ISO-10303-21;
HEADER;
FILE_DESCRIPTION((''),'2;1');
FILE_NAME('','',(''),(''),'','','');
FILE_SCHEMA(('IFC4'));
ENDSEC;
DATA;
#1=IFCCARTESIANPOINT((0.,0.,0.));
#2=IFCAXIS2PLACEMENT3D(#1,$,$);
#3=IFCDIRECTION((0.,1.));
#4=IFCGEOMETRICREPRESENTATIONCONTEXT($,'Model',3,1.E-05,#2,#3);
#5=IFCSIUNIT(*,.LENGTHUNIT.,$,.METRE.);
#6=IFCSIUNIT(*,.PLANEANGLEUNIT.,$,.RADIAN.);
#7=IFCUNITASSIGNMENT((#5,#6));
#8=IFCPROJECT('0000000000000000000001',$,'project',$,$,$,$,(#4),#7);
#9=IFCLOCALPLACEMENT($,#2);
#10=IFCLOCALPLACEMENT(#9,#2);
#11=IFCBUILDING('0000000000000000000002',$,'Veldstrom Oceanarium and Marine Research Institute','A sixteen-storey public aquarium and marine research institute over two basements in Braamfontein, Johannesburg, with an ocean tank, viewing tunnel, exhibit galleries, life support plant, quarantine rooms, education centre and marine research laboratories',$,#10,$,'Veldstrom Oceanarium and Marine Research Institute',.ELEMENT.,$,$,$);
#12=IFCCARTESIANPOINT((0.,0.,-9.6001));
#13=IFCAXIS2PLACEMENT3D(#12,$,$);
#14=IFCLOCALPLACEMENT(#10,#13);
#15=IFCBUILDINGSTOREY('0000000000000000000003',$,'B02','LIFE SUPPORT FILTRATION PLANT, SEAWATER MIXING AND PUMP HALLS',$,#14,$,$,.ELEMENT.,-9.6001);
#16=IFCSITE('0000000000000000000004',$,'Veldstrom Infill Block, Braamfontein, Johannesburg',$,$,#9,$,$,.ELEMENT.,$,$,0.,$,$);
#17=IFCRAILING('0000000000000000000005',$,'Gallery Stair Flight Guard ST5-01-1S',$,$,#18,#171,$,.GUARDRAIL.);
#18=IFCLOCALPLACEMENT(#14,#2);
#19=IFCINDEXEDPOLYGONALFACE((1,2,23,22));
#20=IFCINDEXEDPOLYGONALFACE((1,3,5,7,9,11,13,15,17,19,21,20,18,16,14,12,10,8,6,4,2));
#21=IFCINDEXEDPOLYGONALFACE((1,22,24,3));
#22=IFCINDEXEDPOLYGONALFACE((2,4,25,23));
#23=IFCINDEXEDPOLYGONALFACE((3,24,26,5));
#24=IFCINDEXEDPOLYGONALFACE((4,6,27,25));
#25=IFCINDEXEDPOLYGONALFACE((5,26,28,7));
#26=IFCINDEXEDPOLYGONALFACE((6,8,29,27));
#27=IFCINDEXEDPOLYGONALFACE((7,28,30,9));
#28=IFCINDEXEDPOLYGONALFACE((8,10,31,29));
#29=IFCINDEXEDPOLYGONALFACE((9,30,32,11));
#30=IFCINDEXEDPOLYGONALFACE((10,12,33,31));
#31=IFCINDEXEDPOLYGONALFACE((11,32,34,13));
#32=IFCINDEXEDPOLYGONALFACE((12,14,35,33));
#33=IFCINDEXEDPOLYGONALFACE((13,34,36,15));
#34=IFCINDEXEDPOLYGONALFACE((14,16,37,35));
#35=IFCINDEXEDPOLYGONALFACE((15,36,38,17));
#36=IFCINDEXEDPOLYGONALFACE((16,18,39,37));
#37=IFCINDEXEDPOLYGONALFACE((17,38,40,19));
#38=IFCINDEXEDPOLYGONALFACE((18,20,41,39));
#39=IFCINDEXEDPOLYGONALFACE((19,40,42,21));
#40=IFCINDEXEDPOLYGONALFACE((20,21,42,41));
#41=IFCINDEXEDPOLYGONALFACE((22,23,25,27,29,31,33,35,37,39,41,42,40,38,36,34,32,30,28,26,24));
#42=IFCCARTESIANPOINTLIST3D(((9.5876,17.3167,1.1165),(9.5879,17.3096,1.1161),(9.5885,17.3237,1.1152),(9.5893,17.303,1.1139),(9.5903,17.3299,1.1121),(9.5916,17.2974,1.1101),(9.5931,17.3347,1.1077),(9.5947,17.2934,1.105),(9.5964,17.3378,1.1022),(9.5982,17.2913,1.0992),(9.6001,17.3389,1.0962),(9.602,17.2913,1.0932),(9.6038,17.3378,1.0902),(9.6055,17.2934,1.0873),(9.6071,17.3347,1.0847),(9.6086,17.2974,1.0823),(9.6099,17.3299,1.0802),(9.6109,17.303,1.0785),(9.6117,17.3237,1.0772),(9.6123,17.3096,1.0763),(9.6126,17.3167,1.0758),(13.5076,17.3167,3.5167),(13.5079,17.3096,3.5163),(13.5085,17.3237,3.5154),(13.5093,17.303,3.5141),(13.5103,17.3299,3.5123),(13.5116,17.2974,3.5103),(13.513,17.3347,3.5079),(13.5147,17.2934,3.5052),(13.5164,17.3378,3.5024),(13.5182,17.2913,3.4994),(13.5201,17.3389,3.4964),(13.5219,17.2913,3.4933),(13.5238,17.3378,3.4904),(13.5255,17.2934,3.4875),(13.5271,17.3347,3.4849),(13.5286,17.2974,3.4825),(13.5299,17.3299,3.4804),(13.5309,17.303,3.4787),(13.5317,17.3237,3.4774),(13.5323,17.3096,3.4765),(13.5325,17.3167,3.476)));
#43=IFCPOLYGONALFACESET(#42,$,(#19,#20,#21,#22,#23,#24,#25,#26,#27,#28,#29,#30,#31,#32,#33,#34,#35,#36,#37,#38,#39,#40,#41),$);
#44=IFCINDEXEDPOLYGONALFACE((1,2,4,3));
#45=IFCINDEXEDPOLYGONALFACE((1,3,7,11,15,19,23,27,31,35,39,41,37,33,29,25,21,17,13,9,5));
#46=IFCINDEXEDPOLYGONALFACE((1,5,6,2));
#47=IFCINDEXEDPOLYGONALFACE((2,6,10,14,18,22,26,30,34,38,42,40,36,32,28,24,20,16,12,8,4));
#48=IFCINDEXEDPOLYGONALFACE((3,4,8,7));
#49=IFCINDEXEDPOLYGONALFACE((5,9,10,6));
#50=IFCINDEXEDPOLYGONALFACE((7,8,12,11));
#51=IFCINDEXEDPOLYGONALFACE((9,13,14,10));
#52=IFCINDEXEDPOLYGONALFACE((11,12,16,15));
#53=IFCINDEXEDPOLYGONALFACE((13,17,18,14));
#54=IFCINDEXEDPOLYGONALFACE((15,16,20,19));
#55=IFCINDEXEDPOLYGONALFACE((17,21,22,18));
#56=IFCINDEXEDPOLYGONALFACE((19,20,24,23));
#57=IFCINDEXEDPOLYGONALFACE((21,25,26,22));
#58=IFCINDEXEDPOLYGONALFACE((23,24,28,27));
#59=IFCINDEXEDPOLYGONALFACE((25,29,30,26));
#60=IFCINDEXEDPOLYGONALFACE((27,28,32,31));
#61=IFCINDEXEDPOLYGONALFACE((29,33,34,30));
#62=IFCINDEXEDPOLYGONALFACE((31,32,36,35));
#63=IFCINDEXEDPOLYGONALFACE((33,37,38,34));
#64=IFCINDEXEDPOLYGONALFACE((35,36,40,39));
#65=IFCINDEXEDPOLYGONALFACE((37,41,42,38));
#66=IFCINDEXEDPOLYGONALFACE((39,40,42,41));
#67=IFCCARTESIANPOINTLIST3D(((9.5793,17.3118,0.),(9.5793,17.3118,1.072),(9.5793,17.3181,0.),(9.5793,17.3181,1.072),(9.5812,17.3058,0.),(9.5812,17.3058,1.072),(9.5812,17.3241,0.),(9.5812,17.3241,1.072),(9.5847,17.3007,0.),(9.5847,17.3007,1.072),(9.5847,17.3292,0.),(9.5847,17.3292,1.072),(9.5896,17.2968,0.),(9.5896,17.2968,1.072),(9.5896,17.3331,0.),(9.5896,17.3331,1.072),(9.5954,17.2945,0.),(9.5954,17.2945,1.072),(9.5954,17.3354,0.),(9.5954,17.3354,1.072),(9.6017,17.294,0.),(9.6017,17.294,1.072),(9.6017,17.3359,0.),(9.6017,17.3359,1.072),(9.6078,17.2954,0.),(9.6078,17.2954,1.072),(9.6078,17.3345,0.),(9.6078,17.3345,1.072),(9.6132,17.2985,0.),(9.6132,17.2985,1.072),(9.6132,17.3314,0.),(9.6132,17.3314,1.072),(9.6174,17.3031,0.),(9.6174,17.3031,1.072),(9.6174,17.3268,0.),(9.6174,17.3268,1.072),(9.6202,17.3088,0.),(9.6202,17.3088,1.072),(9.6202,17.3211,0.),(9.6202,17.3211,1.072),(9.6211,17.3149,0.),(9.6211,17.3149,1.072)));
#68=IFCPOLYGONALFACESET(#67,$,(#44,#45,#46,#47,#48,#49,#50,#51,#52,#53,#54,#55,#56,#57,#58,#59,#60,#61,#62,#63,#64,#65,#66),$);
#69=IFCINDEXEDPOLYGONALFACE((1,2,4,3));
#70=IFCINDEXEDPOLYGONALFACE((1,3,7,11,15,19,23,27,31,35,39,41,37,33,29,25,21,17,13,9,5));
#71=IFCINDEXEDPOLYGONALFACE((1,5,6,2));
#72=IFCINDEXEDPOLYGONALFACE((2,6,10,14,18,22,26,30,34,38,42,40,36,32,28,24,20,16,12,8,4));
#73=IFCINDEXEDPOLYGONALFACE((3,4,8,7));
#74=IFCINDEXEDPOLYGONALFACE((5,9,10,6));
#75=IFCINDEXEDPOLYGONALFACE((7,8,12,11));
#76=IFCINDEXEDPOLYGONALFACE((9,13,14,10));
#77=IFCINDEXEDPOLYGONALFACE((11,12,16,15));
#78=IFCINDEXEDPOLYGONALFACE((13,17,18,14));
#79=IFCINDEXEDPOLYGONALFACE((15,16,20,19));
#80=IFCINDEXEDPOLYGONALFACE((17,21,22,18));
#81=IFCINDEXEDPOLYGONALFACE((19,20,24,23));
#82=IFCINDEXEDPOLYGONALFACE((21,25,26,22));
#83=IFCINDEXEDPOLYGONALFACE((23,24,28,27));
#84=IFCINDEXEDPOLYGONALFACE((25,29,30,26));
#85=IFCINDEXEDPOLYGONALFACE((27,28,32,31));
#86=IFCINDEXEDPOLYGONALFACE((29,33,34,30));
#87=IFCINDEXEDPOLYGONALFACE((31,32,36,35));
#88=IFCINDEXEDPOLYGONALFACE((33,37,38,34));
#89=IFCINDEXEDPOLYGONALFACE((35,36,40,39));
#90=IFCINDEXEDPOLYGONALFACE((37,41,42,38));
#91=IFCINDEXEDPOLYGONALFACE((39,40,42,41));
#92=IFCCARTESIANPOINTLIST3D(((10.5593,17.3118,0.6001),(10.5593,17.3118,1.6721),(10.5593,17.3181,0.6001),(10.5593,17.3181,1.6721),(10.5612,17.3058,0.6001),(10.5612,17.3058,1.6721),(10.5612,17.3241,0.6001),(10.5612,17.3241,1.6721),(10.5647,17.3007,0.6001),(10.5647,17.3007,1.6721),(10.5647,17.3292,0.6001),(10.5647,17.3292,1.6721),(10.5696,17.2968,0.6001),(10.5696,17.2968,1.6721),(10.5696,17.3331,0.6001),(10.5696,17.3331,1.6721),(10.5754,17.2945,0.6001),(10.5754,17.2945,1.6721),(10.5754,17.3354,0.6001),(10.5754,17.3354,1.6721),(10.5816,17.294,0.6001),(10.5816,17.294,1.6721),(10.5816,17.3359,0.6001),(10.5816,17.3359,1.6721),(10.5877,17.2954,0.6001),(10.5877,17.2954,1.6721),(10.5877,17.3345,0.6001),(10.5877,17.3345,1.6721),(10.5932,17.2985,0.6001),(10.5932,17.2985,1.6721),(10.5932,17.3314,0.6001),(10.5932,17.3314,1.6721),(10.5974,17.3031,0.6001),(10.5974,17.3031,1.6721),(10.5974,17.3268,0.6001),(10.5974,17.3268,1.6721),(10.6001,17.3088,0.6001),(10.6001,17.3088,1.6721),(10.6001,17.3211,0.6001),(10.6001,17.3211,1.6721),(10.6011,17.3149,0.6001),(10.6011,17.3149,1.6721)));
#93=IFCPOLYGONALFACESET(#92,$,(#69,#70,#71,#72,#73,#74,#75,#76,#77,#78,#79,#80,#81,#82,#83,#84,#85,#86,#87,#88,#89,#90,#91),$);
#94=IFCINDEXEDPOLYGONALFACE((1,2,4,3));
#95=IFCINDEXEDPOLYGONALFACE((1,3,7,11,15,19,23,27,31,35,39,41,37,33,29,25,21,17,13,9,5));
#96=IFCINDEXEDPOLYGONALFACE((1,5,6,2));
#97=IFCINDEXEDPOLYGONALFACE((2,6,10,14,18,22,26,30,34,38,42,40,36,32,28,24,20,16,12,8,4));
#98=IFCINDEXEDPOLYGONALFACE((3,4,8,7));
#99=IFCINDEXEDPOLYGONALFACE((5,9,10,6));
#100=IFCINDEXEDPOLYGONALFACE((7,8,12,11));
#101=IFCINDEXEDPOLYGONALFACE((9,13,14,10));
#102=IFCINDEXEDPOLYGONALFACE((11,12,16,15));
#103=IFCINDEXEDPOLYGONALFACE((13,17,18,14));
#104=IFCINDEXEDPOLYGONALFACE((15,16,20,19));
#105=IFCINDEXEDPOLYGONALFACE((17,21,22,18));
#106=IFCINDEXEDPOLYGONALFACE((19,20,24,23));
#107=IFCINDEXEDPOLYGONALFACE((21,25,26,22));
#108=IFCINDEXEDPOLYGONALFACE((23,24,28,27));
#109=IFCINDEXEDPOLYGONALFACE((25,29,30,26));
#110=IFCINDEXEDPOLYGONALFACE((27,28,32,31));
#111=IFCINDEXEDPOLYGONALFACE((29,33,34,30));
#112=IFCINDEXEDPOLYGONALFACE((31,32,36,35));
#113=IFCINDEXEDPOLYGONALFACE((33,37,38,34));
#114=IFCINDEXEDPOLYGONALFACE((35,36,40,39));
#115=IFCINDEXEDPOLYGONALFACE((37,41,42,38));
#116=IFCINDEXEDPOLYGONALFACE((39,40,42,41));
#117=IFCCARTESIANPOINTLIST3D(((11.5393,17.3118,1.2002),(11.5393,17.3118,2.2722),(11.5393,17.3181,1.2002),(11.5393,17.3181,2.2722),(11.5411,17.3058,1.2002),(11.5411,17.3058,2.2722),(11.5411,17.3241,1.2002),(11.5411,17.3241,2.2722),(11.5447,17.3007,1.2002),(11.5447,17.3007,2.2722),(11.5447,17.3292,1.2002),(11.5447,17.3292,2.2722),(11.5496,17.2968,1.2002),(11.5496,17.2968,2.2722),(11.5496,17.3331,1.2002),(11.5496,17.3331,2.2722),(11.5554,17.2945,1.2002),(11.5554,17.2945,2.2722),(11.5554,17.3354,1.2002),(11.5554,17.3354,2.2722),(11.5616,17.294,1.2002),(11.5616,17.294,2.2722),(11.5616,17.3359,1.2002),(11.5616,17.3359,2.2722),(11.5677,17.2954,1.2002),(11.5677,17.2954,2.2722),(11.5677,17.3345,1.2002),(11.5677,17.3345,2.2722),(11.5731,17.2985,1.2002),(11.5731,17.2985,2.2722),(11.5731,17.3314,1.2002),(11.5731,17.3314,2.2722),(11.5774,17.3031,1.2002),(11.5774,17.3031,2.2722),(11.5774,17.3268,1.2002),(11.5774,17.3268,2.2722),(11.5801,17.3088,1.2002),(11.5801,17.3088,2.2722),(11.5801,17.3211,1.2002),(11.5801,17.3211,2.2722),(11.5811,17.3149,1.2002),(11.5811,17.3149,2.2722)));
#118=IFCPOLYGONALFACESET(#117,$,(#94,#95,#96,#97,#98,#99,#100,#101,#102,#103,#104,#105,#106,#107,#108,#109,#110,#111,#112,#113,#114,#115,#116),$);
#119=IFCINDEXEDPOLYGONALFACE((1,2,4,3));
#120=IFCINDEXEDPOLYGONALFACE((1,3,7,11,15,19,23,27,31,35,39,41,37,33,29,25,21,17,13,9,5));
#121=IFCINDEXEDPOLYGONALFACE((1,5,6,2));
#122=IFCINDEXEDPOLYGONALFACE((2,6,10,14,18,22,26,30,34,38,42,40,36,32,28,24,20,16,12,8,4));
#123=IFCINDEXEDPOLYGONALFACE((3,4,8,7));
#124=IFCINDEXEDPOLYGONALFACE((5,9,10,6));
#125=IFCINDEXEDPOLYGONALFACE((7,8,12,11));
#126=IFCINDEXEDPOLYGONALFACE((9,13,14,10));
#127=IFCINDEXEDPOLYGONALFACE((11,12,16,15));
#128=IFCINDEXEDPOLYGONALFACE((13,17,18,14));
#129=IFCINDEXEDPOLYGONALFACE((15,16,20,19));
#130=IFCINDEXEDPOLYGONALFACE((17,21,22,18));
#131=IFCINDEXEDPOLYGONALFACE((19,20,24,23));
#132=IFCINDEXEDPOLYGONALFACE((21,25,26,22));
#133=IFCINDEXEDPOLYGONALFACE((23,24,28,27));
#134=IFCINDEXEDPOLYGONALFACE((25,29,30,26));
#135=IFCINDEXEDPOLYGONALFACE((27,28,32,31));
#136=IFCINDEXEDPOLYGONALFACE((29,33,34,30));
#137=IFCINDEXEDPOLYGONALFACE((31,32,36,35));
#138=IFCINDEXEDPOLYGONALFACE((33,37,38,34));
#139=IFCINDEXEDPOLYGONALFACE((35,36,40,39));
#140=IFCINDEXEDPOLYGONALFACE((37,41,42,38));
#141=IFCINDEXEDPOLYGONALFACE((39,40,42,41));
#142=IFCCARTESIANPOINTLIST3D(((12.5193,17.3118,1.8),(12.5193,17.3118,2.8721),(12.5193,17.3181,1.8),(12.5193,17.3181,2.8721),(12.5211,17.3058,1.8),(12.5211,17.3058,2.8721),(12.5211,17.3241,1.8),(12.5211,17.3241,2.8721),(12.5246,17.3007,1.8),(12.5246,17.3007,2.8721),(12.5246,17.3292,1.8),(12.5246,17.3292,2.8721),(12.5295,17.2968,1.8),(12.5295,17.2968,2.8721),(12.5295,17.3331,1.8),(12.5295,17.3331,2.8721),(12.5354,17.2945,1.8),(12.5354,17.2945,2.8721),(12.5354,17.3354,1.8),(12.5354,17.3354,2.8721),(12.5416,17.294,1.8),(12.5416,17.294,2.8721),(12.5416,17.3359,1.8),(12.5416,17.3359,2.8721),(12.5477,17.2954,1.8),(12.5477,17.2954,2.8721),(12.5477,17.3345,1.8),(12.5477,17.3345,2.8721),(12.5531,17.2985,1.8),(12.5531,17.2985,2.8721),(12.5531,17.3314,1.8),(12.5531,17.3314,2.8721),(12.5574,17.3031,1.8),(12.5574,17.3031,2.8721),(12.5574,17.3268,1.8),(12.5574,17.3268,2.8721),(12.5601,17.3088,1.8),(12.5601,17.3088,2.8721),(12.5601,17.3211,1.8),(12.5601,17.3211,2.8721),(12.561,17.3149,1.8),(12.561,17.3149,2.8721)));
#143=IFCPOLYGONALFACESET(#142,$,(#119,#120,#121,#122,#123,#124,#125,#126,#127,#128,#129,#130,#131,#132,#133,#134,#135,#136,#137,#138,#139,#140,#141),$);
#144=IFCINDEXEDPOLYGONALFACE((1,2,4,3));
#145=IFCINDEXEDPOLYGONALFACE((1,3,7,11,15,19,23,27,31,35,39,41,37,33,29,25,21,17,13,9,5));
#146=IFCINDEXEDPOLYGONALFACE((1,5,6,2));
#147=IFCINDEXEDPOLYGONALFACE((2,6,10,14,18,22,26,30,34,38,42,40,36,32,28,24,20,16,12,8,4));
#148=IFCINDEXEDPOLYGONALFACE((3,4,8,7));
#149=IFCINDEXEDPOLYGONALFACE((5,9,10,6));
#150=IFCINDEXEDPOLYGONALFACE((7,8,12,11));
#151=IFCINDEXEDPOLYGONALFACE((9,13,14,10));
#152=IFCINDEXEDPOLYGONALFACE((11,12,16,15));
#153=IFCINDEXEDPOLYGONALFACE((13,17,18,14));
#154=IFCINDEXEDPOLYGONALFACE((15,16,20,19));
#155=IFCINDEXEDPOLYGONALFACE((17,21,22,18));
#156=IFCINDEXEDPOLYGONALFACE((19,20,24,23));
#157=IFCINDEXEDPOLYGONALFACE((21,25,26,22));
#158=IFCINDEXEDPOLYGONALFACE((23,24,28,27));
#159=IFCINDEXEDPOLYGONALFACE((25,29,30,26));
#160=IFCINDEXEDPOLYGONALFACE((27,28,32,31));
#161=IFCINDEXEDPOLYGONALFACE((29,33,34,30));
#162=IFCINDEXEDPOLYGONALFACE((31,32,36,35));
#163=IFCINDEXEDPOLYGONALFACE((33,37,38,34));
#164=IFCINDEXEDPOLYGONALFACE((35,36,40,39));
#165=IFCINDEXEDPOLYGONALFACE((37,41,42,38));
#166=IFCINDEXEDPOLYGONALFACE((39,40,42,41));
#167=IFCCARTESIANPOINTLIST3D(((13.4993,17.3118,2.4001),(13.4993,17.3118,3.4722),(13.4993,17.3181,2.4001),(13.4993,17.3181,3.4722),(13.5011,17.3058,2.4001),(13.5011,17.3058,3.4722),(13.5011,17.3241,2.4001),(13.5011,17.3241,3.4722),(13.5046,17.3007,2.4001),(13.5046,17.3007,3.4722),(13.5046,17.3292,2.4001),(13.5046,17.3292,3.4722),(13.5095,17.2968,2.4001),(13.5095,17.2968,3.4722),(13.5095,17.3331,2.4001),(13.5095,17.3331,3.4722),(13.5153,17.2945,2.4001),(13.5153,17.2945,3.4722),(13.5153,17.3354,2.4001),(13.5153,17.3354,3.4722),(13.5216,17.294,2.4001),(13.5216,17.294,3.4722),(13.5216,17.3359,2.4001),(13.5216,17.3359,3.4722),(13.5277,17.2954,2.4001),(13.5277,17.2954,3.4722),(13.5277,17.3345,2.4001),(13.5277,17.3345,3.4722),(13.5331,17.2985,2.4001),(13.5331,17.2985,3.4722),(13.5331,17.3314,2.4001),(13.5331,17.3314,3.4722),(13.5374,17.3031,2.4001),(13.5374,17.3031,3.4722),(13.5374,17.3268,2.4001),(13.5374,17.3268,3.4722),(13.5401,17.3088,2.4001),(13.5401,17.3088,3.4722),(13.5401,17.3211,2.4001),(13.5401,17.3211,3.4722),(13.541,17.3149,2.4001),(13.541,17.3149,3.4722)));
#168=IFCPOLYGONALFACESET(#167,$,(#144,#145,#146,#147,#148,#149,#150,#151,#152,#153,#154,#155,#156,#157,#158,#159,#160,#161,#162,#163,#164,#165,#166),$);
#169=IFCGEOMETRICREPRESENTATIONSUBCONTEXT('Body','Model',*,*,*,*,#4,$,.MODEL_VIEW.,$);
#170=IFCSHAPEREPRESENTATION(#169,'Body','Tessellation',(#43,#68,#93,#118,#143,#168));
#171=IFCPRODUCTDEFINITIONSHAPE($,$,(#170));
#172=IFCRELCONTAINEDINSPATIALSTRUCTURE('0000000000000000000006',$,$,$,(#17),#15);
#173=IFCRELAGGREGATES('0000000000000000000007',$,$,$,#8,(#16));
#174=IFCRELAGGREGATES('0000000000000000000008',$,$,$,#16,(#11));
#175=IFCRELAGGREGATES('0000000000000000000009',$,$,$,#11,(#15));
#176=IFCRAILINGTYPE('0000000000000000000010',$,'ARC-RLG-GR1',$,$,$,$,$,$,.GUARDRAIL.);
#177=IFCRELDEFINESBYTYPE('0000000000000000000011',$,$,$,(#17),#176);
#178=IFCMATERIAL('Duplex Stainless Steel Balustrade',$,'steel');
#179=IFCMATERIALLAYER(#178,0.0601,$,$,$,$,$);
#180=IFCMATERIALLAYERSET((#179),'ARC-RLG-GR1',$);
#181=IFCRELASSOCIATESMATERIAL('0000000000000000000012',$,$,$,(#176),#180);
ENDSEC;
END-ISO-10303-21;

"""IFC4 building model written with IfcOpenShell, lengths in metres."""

from ifc_helpers import new_model, si_unit, direction, frame, origin, origin_2d, place, context, subcontext, project, spatial, circle, extrude, material, layer, layer_set, type_object, element, save


model = new_model("IFC4")

# Units and contexts
model_context = context("Model", 3, precision=1e-05, world=origin(), true_north=direction((0.0, 1.0)))
body_context = subcontext(model_context, "Body", "Model", "MODEL_VIEW")
ifc_project = project(units=[si_unit("LENGTHUNIT", "METRE"), si_unit("PLANEANGLEUNIT", "RADIAN")], contexts=[model_context])

# Site, building, storey
site_placement = place(None, origin())
site = spatial("IfcSite", under=ifc_project, at=site_placement, Name="Veldstrom Infill Block, Braamfontein, Johannesburg", CompositionType="ELEMENT", RefElevation=0.0)
building_placement = place(site_placement, origin())
building = spatial("IfcBuilding", under=site, at=building_placement, Name="Veldstrom Oceanarium and Marine Research Institute", Description="A sixteen-storey public aquarium and marine research institute over two basements in Braamfontein, Johannesburg, with an ocean tank, viewing tunnel, exhibit galleries, life support plant, quarantine rooms, education centre and marine research laboratories", LongName="Veldstrom Oceanarium and Marine Research Institute", CompositionType="ELEMENT")
storey_placement = place(building_placement, frame((0.0, 0.0, -9.6001)))
storey = spatial("IfcBuildingStorey", under=building, at=storey_placement, Name="B02", Description="LIFE SUPPORT FILTRATION PLANT, SEAWATER MIXING AND PUMP HALLS", CompositionType="ELEMENT", Elevation=-9.6001)

# Railing
ifc_material_1 = material(Name="Duplex Stainless Steel Balustrade", Category="steel")
ifc_layer_1 = layer(ifc_material_1, 0.0601)
ifc_layer_set_1 = layer_set([ifc_layer_1], Name="ARC-RLG-GR1")
railing_type = type_object("IfcRailingType", Name="ARC-RLG-GR1", PredefinedType="GUARDRAIL", material=ifc_layer_set_1)
railing_1_placement = place(storey_placement, frame((9.6001, 17.3149, 0.0)))
element("IfcRailing", 1, at=railing_1_placement, inside=storey, type_object=railing_type, Name="Gallery Stair Flight Guard ST5-01-1S", PredefinedType="GUARDRAIL", context=body_context, shape_type="SweptSolid", body=[
    extrude(circle(Radius=0.0239, at=origin_2d()), frame((0.0, 0.0, 1.0962), z_axis=(0.852832, 0.0, 0.522185), x_axis=(0.0, 1.0, 0.0)), (0.0, 0.0, 1.0), 4.5964),
    extrude(circle(Radius=0.021, at=origin_2d()), origin(), (0.0, 0.0, 1.0), 1.072),
    extrude(circle(Radius=0.021, at=origin_2d()), frame((0.98, 0.0, 0.6001)), (0.0, 0.0, 1.0), 1.072),
    extrude(circle(Radius=0.021, at=origin_2d()), frame((1.96, 0.0, 1.2002)), (0.0, 0.0, 1.0), 1.072),
    extrude(circle(Radius=0.021, at=origin_2d()), frame((2.9399, 0.0, 1.8)), (0.0, 0.0, 1.0), 1.072),
    extrude(circle(Radius=0.021, at=origin_2d()), frame((3.9199, 0.0, 2.4001)), (0.0, 0.0, 1.0), 1.072),
])

save(model, "model.ifc")
